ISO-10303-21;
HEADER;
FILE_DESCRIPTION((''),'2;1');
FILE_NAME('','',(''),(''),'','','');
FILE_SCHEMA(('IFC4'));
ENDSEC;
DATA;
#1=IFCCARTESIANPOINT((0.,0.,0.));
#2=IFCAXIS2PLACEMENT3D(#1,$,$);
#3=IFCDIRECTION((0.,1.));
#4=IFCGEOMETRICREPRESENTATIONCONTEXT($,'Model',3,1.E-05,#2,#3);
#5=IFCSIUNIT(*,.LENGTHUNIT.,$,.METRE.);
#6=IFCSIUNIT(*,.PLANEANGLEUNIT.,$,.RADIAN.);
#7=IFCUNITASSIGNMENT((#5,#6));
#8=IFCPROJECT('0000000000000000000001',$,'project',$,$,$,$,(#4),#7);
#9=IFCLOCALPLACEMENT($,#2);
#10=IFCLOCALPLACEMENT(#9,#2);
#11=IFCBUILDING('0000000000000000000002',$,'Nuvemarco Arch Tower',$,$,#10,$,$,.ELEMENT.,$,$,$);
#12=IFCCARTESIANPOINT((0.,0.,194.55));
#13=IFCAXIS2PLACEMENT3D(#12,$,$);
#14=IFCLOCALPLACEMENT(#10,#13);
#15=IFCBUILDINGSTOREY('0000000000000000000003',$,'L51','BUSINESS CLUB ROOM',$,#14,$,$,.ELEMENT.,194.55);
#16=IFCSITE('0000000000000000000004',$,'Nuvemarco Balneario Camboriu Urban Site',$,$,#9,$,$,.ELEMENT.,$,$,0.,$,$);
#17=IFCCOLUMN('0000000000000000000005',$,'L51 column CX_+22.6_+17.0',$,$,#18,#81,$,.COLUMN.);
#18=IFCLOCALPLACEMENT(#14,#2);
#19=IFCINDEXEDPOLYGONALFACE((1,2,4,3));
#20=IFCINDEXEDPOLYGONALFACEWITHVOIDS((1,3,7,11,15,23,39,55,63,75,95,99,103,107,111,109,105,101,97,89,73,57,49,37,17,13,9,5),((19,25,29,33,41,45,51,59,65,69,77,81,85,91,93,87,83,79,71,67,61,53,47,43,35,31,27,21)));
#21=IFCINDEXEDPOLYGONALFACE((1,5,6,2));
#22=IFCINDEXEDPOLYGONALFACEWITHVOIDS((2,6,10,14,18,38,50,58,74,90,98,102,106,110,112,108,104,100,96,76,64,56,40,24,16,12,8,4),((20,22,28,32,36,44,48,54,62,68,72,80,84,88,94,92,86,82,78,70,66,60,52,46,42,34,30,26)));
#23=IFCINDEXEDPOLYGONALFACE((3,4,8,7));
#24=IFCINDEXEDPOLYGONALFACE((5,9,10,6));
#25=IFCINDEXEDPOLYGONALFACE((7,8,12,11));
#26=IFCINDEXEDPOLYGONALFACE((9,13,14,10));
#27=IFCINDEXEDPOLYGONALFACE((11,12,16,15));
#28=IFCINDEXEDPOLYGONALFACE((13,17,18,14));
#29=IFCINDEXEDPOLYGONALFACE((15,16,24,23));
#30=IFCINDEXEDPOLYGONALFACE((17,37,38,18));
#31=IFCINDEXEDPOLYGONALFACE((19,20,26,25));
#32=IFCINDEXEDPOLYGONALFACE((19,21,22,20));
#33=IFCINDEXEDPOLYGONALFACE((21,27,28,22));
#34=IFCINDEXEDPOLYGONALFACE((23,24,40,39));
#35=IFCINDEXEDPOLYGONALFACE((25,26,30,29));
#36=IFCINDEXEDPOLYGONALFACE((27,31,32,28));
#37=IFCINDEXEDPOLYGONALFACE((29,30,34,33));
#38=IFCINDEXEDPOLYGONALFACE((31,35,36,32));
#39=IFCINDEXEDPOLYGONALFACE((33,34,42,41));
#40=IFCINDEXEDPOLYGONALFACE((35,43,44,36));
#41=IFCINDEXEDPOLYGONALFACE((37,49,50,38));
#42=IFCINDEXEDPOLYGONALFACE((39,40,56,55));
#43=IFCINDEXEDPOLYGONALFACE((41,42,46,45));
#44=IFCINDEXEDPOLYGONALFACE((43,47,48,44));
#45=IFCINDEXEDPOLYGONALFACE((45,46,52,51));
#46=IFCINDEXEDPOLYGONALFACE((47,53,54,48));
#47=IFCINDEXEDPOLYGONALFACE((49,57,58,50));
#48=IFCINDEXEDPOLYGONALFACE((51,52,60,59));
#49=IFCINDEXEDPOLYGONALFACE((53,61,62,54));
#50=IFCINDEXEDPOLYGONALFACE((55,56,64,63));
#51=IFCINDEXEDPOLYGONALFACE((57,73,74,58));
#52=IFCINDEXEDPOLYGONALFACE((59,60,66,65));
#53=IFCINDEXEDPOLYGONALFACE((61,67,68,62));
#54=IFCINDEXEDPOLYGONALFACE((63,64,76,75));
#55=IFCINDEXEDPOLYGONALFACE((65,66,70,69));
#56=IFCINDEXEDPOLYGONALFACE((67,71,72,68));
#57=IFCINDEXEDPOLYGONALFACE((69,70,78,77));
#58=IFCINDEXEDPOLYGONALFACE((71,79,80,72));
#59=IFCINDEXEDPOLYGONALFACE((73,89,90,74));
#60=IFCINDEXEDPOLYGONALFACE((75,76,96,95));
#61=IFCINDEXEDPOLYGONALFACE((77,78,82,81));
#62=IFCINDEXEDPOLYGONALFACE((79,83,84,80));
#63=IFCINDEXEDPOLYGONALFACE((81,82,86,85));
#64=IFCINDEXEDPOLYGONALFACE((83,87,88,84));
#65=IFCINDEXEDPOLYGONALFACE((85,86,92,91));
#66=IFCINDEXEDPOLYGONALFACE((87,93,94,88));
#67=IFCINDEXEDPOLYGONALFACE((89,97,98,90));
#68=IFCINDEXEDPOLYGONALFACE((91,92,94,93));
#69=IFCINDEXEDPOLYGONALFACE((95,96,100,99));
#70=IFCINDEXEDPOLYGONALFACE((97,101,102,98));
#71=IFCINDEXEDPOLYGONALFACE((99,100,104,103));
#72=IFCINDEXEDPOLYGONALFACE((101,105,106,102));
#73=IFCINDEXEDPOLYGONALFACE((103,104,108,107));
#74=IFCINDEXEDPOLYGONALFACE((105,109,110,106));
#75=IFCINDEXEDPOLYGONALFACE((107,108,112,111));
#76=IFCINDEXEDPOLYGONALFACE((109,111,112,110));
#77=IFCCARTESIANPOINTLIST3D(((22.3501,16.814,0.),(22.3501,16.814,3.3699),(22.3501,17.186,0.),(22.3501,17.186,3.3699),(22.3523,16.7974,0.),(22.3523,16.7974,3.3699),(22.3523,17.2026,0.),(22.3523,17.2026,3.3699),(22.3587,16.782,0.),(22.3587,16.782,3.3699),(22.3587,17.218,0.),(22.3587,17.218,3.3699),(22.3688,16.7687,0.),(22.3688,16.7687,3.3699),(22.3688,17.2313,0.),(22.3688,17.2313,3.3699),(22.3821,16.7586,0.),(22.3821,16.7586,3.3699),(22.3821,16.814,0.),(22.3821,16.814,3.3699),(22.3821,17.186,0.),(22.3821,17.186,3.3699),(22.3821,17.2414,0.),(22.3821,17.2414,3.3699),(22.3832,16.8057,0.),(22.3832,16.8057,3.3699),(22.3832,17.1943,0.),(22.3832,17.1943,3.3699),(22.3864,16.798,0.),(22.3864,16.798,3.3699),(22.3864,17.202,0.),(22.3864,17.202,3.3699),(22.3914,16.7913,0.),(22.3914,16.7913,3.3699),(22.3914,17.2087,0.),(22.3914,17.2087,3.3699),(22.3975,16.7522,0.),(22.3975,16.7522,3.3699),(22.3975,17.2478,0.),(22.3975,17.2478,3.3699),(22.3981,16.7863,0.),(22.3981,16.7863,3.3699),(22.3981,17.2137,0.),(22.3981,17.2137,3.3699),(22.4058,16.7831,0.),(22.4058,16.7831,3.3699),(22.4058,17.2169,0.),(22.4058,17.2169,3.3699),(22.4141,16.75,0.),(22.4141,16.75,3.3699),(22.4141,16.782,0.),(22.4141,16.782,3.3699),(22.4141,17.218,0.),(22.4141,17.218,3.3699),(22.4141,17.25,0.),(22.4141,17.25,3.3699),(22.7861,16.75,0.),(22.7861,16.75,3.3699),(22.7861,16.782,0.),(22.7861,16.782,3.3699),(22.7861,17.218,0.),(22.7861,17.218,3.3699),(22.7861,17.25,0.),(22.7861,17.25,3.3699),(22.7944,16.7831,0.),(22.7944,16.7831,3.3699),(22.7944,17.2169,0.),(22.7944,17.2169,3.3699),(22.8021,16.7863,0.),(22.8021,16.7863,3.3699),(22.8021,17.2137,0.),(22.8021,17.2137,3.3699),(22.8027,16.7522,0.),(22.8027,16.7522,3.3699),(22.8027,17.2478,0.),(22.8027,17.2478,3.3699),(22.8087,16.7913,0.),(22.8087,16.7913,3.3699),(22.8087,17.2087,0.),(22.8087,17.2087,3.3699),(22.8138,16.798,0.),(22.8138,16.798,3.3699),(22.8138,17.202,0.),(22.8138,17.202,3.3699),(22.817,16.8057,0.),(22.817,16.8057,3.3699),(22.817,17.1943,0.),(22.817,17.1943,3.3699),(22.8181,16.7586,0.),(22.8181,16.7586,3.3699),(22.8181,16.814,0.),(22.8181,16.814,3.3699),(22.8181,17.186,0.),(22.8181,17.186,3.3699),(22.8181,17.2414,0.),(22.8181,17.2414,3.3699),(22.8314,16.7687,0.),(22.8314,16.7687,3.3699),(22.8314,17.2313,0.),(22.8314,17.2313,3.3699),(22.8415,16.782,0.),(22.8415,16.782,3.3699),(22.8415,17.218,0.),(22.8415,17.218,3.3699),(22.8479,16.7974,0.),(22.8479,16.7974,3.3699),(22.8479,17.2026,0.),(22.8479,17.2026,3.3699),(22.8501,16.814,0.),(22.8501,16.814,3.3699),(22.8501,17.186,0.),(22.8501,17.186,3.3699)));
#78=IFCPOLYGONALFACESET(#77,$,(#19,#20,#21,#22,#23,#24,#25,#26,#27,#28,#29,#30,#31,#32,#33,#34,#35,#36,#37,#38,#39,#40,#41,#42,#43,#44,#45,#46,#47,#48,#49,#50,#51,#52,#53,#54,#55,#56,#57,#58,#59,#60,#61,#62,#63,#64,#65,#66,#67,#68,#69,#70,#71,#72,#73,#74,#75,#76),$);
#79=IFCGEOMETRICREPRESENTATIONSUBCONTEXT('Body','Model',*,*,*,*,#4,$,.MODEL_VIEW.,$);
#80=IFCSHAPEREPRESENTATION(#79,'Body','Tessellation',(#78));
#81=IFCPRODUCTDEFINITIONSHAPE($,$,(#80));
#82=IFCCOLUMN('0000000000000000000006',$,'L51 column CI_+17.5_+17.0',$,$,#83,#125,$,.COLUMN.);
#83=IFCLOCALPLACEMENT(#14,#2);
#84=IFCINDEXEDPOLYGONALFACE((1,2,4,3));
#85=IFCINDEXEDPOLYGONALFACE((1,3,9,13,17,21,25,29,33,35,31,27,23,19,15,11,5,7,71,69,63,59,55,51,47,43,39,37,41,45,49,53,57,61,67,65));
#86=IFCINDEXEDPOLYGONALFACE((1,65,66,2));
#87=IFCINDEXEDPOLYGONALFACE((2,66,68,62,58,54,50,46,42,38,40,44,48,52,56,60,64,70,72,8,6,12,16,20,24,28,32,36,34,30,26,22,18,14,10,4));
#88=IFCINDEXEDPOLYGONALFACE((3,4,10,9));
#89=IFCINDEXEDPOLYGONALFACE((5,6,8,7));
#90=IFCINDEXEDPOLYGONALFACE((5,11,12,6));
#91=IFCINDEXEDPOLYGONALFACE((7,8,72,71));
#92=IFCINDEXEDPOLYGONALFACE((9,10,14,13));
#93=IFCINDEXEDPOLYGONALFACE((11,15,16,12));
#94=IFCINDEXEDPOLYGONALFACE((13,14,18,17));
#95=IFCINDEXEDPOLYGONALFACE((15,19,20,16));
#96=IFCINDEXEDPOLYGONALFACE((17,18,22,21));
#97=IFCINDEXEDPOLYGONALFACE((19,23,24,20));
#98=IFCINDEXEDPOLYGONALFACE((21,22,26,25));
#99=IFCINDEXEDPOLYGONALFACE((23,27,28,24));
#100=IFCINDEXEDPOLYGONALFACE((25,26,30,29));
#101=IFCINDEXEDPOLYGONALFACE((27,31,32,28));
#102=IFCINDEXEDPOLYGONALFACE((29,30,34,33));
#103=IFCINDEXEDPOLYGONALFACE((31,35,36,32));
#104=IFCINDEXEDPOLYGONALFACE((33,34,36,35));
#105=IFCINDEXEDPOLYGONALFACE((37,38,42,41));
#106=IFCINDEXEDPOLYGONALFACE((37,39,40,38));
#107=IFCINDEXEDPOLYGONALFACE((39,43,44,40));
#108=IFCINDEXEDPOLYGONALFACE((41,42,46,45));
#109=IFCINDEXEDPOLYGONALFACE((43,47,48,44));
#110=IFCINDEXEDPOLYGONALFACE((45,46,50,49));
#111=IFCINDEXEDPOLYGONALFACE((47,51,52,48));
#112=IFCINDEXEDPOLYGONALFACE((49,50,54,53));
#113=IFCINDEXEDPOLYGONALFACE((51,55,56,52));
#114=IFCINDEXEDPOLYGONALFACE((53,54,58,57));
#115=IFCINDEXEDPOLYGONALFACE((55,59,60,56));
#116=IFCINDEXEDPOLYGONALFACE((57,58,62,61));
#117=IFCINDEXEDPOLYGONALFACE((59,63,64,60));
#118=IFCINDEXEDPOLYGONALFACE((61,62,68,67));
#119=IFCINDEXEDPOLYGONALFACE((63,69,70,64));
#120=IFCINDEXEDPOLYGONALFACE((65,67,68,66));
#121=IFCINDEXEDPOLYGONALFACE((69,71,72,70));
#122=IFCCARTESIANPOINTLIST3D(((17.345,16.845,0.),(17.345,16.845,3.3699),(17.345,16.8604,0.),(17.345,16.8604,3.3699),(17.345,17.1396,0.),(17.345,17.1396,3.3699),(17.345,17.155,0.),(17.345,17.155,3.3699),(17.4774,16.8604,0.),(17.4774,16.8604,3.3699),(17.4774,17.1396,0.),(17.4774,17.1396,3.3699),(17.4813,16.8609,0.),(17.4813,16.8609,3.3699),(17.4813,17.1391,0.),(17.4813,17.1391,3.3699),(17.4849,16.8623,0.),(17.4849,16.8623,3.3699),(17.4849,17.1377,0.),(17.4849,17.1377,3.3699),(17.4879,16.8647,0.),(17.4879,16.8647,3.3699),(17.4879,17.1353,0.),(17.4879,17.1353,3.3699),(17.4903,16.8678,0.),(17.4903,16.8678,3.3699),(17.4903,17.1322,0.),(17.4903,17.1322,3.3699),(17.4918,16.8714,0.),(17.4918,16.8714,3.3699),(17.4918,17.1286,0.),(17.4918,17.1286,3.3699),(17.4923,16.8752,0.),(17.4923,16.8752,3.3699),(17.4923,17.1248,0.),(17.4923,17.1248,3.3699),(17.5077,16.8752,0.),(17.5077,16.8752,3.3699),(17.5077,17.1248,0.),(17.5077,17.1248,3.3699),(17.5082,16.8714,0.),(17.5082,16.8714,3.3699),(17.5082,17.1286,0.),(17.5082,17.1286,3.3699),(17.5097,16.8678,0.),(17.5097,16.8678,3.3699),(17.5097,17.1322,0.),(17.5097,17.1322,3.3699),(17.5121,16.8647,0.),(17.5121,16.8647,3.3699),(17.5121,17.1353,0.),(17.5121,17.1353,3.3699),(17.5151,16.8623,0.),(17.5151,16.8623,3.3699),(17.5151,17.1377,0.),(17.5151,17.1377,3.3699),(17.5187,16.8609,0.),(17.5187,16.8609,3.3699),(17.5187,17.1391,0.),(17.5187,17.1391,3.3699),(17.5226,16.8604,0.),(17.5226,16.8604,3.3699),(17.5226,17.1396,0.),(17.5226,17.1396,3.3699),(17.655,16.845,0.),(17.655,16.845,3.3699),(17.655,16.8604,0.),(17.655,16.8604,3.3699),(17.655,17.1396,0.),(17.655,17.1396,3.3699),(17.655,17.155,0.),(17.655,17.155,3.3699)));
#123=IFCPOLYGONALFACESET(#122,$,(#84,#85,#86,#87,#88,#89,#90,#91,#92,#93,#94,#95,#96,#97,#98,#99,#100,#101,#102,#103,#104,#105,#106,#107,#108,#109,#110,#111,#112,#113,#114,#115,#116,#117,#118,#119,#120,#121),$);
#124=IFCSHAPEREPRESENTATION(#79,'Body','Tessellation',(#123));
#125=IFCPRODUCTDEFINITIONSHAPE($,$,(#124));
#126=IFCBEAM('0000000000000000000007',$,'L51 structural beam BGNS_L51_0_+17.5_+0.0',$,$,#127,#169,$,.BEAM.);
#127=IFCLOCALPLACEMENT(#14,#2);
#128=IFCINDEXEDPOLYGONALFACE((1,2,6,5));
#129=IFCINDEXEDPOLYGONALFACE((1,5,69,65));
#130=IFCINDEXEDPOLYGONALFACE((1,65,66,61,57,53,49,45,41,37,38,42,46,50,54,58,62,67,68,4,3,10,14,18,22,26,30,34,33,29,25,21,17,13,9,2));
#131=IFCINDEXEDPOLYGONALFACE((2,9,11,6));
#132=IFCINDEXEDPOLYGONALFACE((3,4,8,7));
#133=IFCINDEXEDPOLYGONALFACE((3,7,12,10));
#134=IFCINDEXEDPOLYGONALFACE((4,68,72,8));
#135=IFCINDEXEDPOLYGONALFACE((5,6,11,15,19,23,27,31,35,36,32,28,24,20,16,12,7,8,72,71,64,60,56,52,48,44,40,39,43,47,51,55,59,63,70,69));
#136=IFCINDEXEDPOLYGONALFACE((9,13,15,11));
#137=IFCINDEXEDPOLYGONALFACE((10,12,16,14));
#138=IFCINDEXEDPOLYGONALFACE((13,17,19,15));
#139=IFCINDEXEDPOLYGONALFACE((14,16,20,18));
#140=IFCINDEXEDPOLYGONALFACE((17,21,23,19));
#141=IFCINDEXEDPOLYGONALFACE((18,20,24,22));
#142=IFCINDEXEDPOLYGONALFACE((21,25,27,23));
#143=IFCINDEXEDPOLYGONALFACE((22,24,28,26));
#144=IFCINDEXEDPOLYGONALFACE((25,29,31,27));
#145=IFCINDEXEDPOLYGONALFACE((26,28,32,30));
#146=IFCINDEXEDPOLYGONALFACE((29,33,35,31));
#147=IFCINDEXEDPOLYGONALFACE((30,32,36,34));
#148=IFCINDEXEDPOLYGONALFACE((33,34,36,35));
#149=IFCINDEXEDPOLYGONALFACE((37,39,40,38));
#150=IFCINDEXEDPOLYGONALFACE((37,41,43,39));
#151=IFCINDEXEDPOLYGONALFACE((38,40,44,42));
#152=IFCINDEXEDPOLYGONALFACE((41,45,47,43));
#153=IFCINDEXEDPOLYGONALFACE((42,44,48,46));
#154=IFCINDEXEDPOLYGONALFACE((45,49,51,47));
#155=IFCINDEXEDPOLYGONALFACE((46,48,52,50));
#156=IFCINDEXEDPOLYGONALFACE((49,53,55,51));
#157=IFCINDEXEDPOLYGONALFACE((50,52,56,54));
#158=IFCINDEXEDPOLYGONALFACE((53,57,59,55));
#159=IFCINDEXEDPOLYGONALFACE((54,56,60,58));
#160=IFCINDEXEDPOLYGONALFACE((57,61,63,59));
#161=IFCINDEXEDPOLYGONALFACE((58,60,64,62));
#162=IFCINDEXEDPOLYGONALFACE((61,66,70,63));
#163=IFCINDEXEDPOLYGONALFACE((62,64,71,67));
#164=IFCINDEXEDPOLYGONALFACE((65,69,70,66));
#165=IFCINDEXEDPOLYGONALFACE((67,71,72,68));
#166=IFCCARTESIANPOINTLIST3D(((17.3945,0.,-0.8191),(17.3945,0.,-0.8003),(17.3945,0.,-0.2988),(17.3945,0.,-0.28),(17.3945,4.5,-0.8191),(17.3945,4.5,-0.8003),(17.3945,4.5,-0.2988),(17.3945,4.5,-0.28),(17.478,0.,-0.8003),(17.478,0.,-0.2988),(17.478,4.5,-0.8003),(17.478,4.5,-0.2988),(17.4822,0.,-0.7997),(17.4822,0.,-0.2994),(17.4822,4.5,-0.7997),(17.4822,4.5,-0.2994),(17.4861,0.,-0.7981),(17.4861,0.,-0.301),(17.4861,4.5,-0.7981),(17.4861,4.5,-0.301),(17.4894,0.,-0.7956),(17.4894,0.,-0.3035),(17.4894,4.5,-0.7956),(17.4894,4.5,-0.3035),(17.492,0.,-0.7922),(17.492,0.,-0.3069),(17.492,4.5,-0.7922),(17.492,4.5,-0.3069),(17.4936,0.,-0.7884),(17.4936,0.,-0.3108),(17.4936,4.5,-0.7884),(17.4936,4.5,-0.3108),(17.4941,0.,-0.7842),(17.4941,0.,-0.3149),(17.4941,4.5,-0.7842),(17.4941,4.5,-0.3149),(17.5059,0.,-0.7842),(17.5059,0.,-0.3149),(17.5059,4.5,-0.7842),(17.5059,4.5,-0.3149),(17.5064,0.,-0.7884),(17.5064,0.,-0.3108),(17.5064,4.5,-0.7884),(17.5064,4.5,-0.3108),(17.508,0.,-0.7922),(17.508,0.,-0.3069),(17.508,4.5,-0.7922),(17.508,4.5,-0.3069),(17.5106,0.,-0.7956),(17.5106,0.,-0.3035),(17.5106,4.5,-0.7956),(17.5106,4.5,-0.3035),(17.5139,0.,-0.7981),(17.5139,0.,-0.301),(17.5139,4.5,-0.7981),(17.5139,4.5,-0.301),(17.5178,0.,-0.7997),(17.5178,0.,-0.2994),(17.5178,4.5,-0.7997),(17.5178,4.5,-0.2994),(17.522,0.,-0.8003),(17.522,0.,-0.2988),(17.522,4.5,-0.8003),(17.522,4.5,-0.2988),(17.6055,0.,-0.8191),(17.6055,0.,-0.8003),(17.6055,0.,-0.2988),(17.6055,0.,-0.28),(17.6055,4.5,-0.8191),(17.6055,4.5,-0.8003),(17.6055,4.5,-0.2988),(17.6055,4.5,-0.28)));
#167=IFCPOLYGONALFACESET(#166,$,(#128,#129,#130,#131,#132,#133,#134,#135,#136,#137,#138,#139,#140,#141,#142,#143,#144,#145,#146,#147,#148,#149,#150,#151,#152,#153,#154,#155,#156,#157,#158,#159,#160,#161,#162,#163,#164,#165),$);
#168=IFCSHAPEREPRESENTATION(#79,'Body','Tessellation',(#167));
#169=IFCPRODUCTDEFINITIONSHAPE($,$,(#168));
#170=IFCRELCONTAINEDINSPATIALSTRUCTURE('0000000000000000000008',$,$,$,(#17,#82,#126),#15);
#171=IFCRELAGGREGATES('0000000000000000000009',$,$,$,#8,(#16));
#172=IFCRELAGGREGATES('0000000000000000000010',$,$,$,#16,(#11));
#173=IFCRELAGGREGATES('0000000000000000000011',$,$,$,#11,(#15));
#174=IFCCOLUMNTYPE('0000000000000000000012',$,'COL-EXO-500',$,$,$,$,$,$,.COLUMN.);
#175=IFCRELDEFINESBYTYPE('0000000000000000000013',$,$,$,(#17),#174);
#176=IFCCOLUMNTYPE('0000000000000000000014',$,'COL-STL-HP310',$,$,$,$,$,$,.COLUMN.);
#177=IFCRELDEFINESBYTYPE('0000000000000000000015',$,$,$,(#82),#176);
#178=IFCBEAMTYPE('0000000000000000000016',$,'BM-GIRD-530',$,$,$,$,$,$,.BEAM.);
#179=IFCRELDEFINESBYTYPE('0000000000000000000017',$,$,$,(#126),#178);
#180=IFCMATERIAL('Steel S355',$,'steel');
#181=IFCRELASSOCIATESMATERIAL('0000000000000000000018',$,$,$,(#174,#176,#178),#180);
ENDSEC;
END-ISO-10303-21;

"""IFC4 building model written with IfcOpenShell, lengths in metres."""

from ifc_helpers import new_model, si_unit, direction, frame, origin, origin_2d, place, context, subcontext, project, spatial, hollow_rectangle, i_section, extrude, material, material_profile, profile_set, type_object, element, save


model = new_model("IFC4")

# Units and contexts
model_context = context("Model", 3, precision=1e-05, world=origin(), true_north=direction((0.0, 1.0)))
body_context = subcontext(model_context, "Body", "Model", "MODEL_VIEW")
ifc_project = project(units=[si_unit("LENGTHUNIT", "METRE"), si_unit("PLANEANGLEUNIT", "RADIAN")], contexts=[model_context])

# Site, building, storey
site_placement = place(None, origin())
site = spatial("IfcSite", under=ifc_project, at=site_placement, Name="Nuvemarco Balneario Camboriu Urban Site", CompositionType="ELEMENT", RefElevation=0.0)
building_placement = place(site_placement, origin())
building = spatial("IfcBuilding", under=site, at=building_placement, Name="Nuvemarco Arch Tower", CompositionType="ELEMENT")
storey_placement = place(building_placement, frame((0.0, 0.0, 194.55)))
storey = spatial("IfcBuildingStorey", under=building, at=storey_placement, Name="L51", Description="BUSINESS CLUB ROOM", CompositionType="ELEMENT", Elevation=194.55)

# Columns
ifc_material_1 = material(Name="Steel S355", Category="steel")
ifc_material_profile_1 = material_profile(ifc_material_1, hollow_rectangle(XDim=0.5, YDim=0.5, WallThickness=0.032, InnerFilletRadius=0.032, OuterFilletRadius=0.064, at=origin_2d()), Name="SHS500x500x32")
ifc_profile_set_1 = profile_set([ifc_material_profile_1], Name="Steel S355")
column_type_1 = type_object("IfcColumnType", Name="COL-EXO-500", PredefinedType="COLUMN", material=ifc_profile_set_1)
for number, where, z_axis, x_axis, name in (
    (1, (22.6001, 17.0, 0.0), (0.0, 0.0, 1.0), (1.0, 0.0, 0.0), "L51 column CX_+22.6_+17.0"),
):
    element("IfcColumn", number, at=place(storey_placement, frame(where, z_axis=z_axis, x_axis=x_axis)), inside=storey, type_object=column_type_1, Name=name, PredefinedType="COLUMN", context=body_context, shape_type="SweptSolid", body=[
        extrude(hollow_rectangle(XDim=0.5, YDim=0.5, WallThickness=0.032, InnerFilletRadius=0.032, OuterFilletRadius=0.064, at=origin_2d()), origin(), (0.0, 0.0, 1.0), 3.3699),
    ])
ifc_material_profile_2 = material_profile(ifc_material_1, i_section(OverallWidth=0.3101, OverallDepth=0.3101, WebThickness=0.0154, FlangeThickness=0.0154, FilletRadius=0.0149, at=origin_2d()), Name="HP310x110")
ifc_profile_set_2 = profile_set([ifc_material_profile_2], Name="Steel S355")
column_type_2 = type_object("IfcColumnType", Name="COL-STL-HP310", PredefinedType="COLUMN", material=ifc_profile_set_2)
column_placement = place(storey_placement, frame((17.5, 17.0, 0.0), z_axis=(0.0, 0.0, 1.0), x_axis=(1.0, 0.0, 0.0)))
element("IfcColumn", 2, at=column_placement, inside=storey, type_object=column_type_2, Name="L51 column CI_+17.5_+17.0", PredefinedType="COLUMN", context=body_context, shape_type="SweptSolid", body=[
    extrude(i_section(OverallWidth=0.3101, OverallDepth=0.3101, WebThickness=0.0154, FlangeThickness=0.0154, FilletRadius=0.0149, at=origin_2d()), origin(), (0.0, 0.0, 1.0), 3.3699),
])

# Beam
ifc_material_profile_3 = material_profile(ifc_material_1, i_section(OverallWidth=0.2109, OverallDepth=0.5391, WebThickness=0.0117, FlangeThickness=0.0188, FilletRadius=0.0161, at=origin_2d()), Name="W530x109")
ifc_profile_set_3 = profile_set([ifc_material_profile_3], Name="Steel S355")
beam_type_1 = type_object("IfcBeamType", Name="BM-GIRD-530", PredefinedType="BEAM", material=ifc_profile_set_3)
beam_1_placement = place(storey_placement, frame((17.5, 0.0, -0.5496), z_axis=(0.0, 1.0, 0.0), x_axis=(-1.0, 0.0, 0.0)))
element("IfcBeam", 3, at=beam_1_placement, inside=storey, type_object=beam_type_1, Name="L51 structural beam BGNS_L51_0_+17.5_+0.0", PredefinedType="BEAM", context=body_context, shape_type="SweptSolid", body=[
    extrude(i_section(OverallWidth=0.2109, OverallDepth=0.5391, WebThickness=0.0117, FlangeThickness=0.0188, FilletRadius=0.0161, at=origin_2d()), origin(), (0.0, 0.0, 1.0), 4.5),
])

save(model, "model.ifc")
